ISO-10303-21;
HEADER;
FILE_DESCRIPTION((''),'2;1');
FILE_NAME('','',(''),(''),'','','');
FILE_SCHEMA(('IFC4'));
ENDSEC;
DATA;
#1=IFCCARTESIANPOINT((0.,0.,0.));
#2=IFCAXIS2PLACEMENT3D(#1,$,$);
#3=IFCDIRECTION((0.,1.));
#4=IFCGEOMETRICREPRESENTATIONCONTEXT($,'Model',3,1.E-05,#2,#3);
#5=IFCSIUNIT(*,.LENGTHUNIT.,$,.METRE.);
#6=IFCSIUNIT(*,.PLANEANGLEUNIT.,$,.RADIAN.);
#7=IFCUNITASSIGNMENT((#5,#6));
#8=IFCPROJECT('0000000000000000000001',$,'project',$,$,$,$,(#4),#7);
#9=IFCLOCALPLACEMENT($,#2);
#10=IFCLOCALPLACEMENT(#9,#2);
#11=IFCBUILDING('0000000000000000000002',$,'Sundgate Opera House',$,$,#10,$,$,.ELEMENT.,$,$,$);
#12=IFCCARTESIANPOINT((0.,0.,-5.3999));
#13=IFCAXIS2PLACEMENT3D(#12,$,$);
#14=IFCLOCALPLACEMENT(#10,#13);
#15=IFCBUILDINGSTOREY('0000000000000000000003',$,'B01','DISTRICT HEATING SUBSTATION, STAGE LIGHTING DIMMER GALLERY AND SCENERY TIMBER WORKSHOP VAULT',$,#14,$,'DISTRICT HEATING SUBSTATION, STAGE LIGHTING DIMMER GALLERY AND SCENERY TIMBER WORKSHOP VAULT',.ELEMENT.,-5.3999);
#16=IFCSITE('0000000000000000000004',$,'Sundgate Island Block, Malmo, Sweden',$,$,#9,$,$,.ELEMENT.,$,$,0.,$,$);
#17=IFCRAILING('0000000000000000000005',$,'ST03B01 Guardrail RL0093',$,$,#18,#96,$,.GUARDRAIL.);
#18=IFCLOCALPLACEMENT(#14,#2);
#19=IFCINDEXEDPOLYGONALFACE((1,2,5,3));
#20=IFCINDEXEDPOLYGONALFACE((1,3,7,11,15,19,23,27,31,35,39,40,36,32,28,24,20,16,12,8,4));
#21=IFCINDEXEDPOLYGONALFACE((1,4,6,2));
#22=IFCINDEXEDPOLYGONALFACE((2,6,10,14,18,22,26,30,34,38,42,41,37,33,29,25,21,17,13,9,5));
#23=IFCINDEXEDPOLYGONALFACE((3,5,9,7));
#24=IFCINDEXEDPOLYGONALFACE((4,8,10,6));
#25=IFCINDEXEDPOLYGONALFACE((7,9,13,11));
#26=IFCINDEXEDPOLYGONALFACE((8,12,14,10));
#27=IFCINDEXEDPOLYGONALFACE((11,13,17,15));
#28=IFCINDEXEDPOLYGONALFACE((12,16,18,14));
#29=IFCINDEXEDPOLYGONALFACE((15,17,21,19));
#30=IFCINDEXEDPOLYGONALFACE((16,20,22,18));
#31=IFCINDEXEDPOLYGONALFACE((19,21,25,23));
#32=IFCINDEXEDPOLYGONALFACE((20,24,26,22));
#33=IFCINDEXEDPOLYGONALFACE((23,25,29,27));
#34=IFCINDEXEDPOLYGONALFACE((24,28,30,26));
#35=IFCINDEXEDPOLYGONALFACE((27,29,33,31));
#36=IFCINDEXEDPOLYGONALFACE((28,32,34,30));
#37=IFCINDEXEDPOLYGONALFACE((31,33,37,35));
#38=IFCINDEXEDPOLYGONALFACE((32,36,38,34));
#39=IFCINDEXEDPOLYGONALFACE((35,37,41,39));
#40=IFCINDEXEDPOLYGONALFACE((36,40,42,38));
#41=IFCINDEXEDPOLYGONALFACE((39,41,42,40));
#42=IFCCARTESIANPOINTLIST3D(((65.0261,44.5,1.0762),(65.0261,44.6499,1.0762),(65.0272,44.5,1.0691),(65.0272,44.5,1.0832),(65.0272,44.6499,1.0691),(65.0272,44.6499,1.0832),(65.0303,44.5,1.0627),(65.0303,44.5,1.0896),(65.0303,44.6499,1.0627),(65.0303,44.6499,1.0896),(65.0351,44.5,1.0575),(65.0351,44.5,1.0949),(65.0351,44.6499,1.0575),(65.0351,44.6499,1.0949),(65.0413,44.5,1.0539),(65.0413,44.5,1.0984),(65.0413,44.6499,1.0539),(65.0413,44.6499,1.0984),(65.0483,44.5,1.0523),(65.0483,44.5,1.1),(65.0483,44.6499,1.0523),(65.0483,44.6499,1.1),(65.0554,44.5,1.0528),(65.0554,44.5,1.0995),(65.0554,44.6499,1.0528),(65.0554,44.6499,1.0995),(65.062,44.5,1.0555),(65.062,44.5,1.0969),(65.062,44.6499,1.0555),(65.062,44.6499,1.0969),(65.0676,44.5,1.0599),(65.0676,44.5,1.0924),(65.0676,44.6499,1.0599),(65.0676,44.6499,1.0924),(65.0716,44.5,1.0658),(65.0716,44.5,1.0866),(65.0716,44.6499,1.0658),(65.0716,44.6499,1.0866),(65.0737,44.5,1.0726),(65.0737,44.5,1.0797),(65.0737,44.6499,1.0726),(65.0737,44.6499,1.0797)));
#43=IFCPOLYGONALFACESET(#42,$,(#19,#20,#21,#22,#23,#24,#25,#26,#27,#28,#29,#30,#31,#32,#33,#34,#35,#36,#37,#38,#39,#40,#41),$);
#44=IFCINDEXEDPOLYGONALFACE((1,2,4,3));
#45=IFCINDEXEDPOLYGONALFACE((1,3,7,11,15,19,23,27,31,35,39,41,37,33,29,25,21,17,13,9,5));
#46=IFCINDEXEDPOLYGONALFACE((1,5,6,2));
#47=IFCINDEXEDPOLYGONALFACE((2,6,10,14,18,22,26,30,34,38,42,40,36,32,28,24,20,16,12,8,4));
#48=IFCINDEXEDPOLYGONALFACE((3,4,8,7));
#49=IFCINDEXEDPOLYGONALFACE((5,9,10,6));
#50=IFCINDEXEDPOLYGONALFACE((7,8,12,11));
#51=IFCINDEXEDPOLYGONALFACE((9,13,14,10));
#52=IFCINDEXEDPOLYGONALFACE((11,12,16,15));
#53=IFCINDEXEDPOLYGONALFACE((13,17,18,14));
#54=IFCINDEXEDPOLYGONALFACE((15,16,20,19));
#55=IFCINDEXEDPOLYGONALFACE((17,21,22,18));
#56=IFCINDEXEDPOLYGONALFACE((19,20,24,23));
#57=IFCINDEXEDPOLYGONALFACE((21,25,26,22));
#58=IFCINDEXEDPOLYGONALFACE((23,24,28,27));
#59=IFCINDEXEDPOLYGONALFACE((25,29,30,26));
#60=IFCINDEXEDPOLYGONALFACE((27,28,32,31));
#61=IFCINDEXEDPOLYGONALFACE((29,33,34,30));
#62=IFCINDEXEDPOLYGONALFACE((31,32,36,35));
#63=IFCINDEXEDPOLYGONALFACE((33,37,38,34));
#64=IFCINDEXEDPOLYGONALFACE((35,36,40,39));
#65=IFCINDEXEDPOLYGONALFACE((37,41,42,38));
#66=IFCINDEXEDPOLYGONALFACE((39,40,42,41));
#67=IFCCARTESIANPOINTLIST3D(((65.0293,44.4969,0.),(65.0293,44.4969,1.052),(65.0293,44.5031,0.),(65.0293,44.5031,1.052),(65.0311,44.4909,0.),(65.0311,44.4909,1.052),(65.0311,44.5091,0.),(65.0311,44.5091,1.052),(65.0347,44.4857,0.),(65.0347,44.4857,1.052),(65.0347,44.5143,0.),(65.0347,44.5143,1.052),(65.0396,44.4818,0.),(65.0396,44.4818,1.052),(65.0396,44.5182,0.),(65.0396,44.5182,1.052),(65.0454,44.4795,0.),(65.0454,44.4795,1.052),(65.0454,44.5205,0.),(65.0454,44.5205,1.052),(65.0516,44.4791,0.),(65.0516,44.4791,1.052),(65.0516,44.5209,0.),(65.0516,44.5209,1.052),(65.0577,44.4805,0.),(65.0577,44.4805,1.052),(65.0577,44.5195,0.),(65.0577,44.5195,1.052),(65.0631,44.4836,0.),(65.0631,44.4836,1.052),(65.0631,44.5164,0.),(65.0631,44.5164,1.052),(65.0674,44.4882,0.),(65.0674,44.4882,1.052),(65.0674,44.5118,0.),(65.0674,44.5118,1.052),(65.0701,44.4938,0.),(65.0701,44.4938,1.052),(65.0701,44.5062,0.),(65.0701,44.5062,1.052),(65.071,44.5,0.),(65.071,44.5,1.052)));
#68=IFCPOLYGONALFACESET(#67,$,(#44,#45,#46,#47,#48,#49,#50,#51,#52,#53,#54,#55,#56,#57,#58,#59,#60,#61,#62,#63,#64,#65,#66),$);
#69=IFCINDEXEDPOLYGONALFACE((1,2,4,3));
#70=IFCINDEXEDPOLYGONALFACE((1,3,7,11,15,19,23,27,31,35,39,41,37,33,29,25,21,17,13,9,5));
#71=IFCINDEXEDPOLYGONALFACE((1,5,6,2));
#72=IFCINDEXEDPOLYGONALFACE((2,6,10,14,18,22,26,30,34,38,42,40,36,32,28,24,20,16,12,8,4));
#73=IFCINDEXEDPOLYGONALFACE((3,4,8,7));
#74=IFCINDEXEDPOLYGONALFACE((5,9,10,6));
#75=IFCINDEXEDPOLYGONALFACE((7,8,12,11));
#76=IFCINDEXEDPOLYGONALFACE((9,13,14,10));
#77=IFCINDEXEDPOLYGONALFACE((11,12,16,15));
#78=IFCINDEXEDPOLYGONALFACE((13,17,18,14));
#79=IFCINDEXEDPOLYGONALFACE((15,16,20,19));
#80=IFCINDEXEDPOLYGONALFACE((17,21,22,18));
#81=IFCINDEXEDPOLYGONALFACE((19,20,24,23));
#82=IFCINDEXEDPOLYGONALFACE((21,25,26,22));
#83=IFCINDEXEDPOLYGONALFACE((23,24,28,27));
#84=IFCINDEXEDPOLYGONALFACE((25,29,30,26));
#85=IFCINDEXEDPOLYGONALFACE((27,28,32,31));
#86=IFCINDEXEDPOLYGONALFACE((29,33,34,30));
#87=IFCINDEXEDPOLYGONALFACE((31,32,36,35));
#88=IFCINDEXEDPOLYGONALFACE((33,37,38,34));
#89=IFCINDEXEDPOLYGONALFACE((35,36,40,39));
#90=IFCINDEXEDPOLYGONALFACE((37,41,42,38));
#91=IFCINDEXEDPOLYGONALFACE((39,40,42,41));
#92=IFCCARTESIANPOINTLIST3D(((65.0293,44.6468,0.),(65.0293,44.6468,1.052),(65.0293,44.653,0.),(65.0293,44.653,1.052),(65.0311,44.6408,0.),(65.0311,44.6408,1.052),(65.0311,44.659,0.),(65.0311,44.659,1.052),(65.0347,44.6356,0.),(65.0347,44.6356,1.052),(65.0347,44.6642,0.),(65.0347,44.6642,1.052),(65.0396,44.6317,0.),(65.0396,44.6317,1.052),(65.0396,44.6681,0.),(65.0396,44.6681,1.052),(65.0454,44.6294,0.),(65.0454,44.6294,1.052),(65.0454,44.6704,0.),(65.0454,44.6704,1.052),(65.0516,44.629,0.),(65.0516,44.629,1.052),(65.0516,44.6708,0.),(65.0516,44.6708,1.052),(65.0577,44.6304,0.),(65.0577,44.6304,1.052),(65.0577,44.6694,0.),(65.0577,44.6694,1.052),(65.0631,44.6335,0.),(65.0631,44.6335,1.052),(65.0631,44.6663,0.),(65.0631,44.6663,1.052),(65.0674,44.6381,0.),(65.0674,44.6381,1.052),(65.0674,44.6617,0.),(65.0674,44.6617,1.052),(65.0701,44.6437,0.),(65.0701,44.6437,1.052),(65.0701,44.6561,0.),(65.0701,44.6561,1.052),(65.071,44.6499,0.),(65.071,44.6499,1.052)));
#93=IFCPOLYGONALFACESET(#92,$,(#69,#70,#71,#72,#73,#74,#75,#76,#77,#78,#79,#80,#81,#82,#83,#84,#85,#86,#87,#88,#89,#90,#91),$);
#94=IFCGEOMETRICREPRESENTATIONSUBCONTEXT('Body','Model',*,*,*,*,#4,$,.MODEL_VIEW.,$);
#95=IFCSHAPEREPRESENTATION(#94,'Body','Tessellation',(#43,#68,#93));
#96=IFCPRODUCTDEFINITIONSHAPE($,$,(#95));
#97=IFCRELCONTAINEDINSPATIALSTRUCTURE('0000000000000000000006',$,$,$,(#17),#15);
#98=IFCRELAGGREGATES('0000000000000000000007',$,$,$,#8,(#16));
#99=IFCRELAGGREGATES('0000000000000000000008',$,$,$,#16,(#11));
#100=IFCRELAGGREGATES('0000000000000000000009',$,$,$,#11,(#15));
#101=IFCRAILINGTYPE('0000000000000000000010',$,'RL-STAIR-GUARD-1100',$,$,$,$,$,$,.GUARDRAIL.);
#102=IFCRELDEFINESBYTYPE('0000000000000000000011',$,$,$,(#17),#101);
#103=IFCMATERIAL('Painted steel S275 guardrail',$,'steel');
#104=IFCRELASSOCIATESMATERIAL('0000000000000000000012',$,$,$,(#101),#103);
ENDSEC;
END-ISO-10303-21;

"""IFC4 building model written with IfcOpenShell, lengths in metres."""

from ifc_helpers import new_model, si_unit, direction, frame, origin, origin_2d, place, context, subcontext, project, spatial, circle, extrude, material, type_object, element, save


model = new_model("IFC4")

# Units and contexts
model_context = context("Model", 3, precision=1e-05, world=origin(), true_north=direction((0.0, 1.0)))
body_context = subcontext(model_context, "Body", "Model", "MODEL_VIEW")
ifc_project = project(units=[si_unit("LENGTHUNIT", "METRE"), si_unit("PLANEANGLEUNIT", "RADIAN")], contexts=[model_context])

# Site, building, storey
site_placement = place(None, origin())
site = spatial("IfcSite", under=ifc_project, at=site_placement, Name="Sundgate Island Block, Malmo, Sweden", CompositionType="ELEMENT", RefElevation=0.0)
building_placement = place(site_placement, origin())
building = spatial("IfcBuilding", under=site, at=building_placement, Name="Sundgate Opera House", CompositionType="ELEMENT")
storey_placement = place(building_placement, frame((0.0, 0.0, -5.3999)))
storey = spatial("IfcBuildingStorey", under=building, at=storey_placement, Name="B01", Description="DISTRICT HEATING SUBSTATION, STAGE LIGHTING DIMMER GALLERY AND SCENERY TIMBER WORKSHOP VAULT", LongName="DISTRICT HEATING SUBSTATION, STAGE LIGHTING DIMMER GALLERY AND SCENERY TIMBER WORKSHOP VAULT", CompositionType="ELEMENT", Elevation=-5.3999)

# Railing
ifc_material_1 = material(Name="Painted steel S275 guardrail", Category="steel")
railing_type_1 = type_object("IfcRailingType", Name="RL-STAIR-GUARD-1100", PredefinedType="GUARDRAIL", material=ifc_material_1)
railing_1_placement = place(storey_placement, frame((65.05, 44.5, 0.0)))
element("IfcRailing", 1, at=railing_1_placement, inside=storey, type_object=railing_type_1, Name="ST03B01 Guardrail RL0093", PredefinedType="GUARDRAIL", context=body_context, shape_type="SweptSolid", body=[
    extrude(circle(Radius=0.0239, at=origin_2d()), frame((0.0, 0.0, 1.0762), z_axis=(0.0, 1.0, 0.0), x_axis=(-1.0, 0.0, 0.0)), (0.0, 0.0, 1.0), 0.1499),
    extrude(circle(Radius=0.021, at=origin_2d()), origin(), (0.0, 0.0, 1.0), 1.052),
    extrude(circle(Radius=0.021, at=origin_2d()), frame((0.0, 0.1499, 0.0)), (0.0, 0.0, 1.0), 1.052),
])

save(model, "model.ifc")
